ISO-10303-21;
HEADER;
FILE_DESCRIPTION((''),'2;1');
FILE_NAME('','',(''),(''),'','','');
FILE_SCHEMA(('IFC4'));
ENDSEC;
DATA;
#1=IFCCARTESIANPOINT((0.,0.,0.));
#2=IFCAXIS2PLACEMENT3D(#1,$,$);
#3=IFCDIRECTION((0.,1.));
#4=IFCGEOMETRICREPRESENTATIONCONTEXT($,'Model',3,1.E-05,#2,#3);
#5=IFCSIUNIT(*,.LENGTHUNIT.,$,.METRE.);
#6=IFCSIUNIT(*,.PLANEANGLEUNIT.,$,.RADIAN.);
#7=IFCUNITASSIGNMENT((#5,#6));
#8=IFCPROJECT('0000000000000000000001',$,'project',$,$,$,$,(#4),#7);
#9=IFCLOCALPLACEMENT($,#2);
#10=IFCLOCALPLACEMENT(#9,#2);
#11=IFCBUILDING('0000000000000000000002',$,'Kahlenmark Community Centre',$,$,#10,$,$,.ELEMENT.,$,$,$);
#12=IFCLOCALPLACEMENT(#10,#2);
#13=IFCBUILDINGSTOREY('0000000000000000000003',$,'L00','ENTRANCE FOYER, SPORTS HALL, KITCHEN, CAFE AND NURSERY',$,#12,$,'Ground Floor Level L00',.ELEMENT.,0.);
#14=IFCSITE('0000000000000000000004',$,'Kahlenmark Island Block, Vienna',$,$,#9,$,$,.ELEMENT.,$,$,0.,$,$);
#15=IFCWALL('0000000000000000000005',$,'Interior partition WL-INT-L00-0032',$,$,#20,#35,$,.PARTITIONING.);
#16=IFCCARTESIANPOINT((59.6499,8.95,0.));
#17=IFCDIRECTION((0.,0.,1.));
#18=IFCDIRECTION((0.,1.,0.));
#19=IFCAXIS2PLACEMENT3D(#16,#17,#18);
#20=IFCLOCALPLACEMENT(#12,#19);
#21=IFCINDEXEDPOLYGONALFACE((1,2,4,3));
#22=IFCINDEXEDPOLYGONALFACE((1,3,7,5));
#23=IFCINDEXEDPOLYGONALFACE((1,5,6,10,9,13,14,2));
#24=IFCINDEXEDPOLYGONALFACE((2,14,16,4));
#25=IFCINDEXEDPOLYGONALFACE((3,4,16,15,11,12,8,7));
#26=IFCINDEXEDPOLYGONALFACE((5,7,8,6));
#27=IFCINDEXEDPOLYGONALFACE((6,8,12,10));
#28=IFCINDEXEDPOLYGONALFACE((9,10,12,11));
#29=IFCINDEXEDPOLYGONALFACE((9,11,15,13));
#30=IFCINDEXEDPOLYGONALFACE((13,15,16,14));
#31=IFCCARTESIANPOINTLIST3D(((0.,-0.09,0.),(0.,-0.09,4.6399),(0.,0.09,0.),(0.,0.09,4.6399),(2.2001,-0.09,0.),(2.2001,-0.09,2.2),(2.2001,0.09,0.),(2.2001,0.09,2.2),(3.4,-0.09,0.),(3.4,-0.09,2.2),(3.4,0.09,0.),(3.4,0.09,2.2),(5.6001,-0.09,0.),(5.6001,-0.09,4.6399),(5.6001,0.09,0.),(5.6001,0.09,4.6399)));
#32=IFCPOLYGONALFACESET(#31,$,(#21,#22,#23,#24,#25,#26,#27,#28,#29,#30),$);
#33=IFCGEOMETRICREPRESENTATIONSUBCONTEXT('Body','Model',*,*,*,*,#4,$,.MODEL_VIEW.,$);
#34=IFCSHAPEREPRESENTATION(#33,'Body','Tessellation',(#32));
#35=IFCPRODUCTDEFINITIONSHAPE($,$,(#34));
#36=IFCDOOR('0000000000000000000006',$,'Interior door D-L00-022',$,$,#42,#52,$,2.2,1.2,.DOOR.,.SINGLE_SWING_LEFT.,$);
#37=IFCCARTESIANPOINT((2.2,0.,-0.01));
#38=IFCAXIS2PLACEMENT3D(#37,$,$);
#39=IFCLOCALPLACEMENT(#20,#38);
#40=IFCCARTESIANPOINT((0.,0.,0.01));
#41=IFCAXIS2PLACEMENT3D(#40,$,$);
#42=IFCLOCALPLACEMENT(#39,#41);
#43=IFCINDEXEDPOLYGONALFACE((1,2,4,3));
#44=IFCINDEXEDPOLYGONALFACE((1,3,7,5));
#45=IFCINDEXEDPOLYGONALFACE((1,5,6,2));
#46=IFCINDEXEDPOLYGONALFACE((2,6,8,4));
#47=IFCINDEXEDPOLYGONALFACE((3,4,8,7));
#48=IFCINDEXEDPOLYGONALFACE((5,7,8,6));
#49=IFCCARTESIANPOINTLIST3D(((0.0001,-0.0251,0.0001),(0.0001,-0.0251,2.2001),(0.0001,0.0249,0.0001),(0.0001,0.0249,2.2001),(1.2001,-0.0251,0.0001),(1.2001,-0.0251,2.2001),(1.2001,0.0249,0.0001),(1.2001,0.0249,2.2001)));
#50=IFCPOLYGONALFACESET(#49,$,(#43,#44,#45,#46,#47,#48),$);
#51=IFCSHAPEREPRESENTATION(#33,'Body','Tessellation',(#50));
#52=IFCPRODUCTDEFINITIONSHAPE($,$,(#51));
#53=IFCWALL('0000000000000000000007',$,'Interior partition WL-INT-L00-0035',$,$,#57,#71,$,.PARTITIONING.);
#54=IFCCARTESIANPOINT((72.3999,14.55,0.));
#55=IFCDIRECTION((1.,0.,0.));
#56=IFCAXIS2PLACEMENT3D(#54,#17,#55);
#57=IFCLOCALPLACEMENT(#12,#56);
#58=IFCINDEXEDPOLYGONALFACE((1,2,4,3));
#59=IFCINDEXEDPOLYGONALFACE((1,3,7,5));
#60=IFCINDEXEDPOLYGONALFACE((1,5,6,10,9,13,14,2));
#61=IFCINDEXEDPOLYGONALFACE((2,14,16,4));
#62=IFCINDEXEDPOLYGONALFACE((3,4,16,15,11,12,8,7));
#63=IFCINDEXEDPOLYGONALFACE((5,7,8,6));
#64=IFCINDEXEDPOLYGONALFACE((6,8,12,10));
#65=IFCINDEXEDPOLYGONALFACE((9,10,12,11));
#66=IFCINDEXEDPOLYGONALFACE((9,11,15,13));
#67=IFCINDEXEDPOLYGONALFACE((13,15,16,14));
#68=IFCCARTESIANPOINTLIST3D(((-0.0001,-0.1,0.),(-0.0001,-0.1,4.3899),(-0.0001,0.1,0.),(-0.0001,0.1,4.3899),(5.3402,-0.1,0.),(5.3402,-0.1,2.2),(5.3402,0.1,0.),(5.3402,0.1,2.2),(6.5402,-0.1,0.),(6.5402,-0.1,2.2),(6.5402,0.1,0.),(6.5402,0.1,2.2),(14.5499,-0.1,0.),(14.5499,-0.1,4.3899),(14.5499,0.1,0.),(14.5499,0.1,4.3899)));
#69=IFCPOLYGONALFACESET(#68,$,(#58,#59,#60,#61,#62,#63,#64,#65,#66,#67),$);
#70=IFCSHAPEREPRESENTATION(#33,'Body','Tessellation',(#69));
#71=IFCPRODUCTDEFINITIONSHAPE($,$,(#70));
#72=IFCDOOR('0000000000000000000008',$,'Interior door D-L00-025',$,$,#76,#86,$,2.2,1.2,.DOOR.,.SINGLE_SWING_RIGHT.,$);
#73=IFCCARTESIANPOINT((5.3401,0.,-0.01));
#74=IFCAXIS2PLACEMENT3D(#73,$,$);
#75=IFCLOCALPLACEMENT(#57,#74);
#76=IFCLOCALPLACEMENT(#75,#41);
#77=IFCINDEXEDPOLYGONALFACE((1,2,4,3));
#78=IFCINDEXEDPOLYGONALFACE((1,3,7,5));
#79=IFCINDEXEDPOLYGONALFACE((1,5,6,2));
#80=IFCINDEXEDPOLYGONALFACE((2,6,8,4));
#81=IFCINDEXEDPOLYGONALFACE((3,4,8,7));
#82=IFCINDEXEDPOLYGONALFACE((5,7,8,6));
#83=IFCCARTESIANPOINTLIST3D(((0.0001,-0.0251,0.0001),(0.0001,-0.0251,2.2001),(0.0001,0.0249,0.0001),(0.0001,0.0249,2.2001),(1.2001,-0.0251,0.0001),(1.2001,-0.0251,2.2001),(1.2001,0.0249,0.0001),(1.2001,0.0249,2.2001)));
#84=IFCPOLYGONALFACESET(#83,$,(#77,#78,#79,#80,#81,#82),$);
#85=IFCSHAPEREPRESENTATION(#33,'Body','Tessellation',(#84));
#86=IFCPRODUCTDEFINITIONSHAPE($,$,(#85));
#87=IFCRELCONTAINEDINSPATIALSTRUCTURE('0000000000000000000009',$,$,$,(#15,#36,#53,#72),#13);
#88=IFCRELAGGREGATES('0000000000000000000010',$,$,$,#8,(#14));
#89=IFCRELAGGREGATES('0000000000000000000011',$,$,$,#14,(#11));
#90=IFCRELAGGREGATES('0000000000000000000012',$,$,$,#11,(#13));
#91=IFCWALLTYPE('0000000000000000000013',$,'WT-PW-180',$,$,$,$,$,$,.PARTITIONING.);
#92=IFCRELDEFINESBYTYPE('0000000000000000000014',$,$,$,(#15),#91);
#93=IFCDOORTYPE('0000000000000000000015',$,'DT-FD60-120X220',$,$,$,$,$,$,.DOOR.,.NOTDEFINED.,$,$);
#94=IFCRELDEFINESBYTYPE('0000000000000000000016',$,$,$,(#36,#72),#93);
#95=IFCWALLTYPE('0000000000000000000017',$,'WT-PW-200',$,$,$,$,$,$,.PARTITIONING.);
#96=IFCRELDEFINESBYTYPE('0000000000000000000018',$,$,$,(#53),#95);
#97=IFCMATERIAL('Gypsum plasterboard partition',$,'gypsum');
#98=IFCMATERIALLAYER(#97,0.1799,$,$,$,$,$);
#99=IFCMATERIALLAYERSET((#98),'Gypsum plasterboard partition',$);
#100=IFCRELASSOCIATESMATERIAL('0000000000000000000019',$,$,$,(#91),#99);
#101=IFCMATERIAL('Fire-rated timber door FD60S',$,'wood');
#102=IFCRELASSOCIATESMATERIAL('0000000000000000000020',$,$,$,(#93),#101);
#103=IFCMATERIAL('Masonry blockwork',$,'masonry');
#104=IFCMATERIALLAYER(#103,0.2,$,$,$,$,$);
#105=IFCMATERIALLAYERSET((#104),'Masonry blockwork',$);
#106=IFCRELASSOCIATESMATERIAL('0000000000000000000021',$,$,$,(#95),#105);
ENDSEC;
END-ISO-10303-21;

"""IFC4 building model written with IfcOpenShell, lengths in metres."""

from ifc_helpers import new_model, si_unit, direction, frame, frame_2d, origin, place, context, subcontext, project, spatial, rectangle, extrude, material, layer, layer_set, type_object, element, fill, save


model = new_model("IFC4")

# Units and contexts
model_context = context("Model", 3, precision=1e-05, world=origin(), true_north=direction((0.0, 1.0)))
body_context = subcontext(model_context, "Body", "Model", "MODEL_VIEW")
ifc_project = project(units=[si_unit("LENGTHUNIT", "METRE"), si_unit("PLANEANGLEUNIT", "RADIAN")], contexts=[model_context])

# Site, building, storey
site_placement = place(None, origin())
site = spatial("IfcSite", under=ifc_project, at=site_placement, Name="Kahlenmark Island Block, Vienna", CompositionType="ELEMENT", RefElevation=0.0)
building_placement = place(site_placement, origin())
building = spatial("IfcBuilding", under=site, at=building_placement, Name="Kahlenmark Community Centre", CompositionType="ELEMENT")
storey_placement = place(building_placement, origin())
storey = spatial("IfcBuildingStorey", under=building, at=storey_placement, Name="L00", Description="ENTRANCE FOYER, SPORTS HALL, KITCHEN, CAFE AND NURSERY", LongName="Ground Floor Level L00", CompositionType="ELEMENT", Elevation=0.0)

# Walls, openings, doors
ifc_material_1 = material(Name="Gypsum plasterboard partition", Category="gypsum")
ifc_layer_1 = layer(ifc_material_1, 0.1799)
ifc_layer_set_1 = layer_set([ifc_layer_1], Name="Gypsum plasterboard partition")
wall_type_1 = type_object("IfcWallType", Name="WT-PW-180", PredefinedType="PARTITIONING", material=ifc_layer_set_1)
wall_1_placement = place(storey_placement, frame((59.6499, 8.95, 0.0), z_axis=(0.0, 0.0, 1.0), x_axis=(0.0, 1.0, 0.0)))
wall_1 = element("IfcWall", 1, at=wall_1_placement, inside=storey, type_object=wall_type_1, Name="Interior partition WL-INT-L00-0032", PredefinedType="PARTITIONING", context=body_context, shape_type="SweptSolid", body=[
    extrude(rectangle(XDim=5.6001, YDim=0.1799, at=frame_2d((2.8, 0.0))), origin(), (0.0, 0.0, 1.0), 4.6399),
])
opening_1_placement = place(wall_1_placement, frame((2.2, 0.0, -0.01)))
opening_1 = element("IfcOpeningElement", 2, at=opening_1_placement, cuts=wall_1, PredefinedType="OPENING", context=body_context, shape_type="SweptSolid", body=[
    extrude(rectangle(XDim=1.2, YDim=2.21, at=frame_2d((0.6001, 1.105))), frame((0.0, 0.0999, 0.0), z_axis=(0.0, -1.0, 0.0), x_axis=(1.0, 0.0, 0.0)), (0.0, 0.0, 1.0), 0.2),
])
ifc_material_2 = material(Name="Fire-rated timber door FD60S", Category="wood")
door_type = type_object("IfcDoorType", Name="DT-FD60-120X220", OperationType="NOTDEFINED", PredefinedType="DOOR", material=ifc_material_2)
door_1_placement = place(opening_1_placement, frame((0.0, 0.0, 0.01)))
door_1 = element("IfcDoor", 3, at=door_1_placement, inside=storey, type_object=door_type, Name="Interior door D-L00-022", OperationType="SINGLE_SWING_LEFT", OverallHeight=2.2, OverallWidth=1.2, PredefinedType="DOOR", context=body_context, shape_type="SweptSolid", body=[
    extrude(rectangle(XDim=1.2, YDim=2.2, at=frame_2d((0.6001, 1.1001))), frame((0.0, 0.0249, 0.0), z_axis=(0.0, -1.0, 0.0), x_axis=(1.0, 0.0, 0.0)), (0.0, 0.0, 1.0), 0.05),
])
fill(opening_1, door_1)
ifc_material_3 = material(Name="Masonry blockwork", Category="masonry")
ifc_layer_2 = layer(ifc_material_3, 0.2)
ifc_layer_set_2 = layer_set([ifc_layer_2], Name="Masonry blockwork")
wall_type_2 = type_object("IfcWallType", Name="WT-PW-200", PredefinedType="PARTITIONING", material=ifc_layer_set_2)
wall_2_placement = place(storey_placement, frame((72.3999, 14.55, 0.0), z_axis=(0.0, 0.0, 1.0), x_axis=(1.0, 0.0, 0.0)))
wall_2 = element("IfcWall", 4, at=wall_2_placement, inside=storey, type_object=wall_type_2, Name="Interior partition WL-INT-L00-0035", PredefinedType="PARTITIONING", context=body_context, shape_type="SweptSolid", body=[
    extrude(rectangle(XDim=14.55, YDim=0.2, at=frame_2d((7.2749, 0.0))), origin(), (0.0, 0.0, 1.0), 4.3899),
])
opening_2_placement = place(wall_2_placement, frame((5.3401, 0.0, -0.01)))
opening_2 = element("IfcOpeningElement", 5, at=opening_2_placement, cuts=wall_2, PredefinedType="OPENING", context=body_context, shape_type="SweptSolid", body=[
    extrude(rectangle(XDim=1.2, YDim=2.21, at=frame_2d((0.6001, 1.105))), frame((0.0, 0.1099, 0.0), z_axis=(0.0, -1.0, 0.0), x_axis=(1.0, 0.0, 0.0)), (0.0, 0.0, 1.0), 0.22),
])
door_2_placement = place(opening_2_placement, frame((0.0, 0.0, 0.01)))
door_2 = element("IfcDoor", 6, at=door_2_placement, inside=storey, type_object=door_type, Name="Interior door D-L00-025", OperationType="SINGLE_SWING_RIGHT", OverallHeight=2.2, OverallWidth=1.2, PredefinedType="DOOR", context=body_context, shape_type="SweptSolid", body=[
    extrude(rectangle(XDim=1.2, YDim=2.2, at=frame_2d((0.6001, 1.1001))), frame((0.0, 0.0249, 0.0), z_axis=(0.0, -1.0, 0.0), x_axis=(1.0, 0.0, 0.0)), (0.0, 0.0, 1.0), 0.05),
])
fill(opening_2, door_2)

save(model, "model.ifc")
